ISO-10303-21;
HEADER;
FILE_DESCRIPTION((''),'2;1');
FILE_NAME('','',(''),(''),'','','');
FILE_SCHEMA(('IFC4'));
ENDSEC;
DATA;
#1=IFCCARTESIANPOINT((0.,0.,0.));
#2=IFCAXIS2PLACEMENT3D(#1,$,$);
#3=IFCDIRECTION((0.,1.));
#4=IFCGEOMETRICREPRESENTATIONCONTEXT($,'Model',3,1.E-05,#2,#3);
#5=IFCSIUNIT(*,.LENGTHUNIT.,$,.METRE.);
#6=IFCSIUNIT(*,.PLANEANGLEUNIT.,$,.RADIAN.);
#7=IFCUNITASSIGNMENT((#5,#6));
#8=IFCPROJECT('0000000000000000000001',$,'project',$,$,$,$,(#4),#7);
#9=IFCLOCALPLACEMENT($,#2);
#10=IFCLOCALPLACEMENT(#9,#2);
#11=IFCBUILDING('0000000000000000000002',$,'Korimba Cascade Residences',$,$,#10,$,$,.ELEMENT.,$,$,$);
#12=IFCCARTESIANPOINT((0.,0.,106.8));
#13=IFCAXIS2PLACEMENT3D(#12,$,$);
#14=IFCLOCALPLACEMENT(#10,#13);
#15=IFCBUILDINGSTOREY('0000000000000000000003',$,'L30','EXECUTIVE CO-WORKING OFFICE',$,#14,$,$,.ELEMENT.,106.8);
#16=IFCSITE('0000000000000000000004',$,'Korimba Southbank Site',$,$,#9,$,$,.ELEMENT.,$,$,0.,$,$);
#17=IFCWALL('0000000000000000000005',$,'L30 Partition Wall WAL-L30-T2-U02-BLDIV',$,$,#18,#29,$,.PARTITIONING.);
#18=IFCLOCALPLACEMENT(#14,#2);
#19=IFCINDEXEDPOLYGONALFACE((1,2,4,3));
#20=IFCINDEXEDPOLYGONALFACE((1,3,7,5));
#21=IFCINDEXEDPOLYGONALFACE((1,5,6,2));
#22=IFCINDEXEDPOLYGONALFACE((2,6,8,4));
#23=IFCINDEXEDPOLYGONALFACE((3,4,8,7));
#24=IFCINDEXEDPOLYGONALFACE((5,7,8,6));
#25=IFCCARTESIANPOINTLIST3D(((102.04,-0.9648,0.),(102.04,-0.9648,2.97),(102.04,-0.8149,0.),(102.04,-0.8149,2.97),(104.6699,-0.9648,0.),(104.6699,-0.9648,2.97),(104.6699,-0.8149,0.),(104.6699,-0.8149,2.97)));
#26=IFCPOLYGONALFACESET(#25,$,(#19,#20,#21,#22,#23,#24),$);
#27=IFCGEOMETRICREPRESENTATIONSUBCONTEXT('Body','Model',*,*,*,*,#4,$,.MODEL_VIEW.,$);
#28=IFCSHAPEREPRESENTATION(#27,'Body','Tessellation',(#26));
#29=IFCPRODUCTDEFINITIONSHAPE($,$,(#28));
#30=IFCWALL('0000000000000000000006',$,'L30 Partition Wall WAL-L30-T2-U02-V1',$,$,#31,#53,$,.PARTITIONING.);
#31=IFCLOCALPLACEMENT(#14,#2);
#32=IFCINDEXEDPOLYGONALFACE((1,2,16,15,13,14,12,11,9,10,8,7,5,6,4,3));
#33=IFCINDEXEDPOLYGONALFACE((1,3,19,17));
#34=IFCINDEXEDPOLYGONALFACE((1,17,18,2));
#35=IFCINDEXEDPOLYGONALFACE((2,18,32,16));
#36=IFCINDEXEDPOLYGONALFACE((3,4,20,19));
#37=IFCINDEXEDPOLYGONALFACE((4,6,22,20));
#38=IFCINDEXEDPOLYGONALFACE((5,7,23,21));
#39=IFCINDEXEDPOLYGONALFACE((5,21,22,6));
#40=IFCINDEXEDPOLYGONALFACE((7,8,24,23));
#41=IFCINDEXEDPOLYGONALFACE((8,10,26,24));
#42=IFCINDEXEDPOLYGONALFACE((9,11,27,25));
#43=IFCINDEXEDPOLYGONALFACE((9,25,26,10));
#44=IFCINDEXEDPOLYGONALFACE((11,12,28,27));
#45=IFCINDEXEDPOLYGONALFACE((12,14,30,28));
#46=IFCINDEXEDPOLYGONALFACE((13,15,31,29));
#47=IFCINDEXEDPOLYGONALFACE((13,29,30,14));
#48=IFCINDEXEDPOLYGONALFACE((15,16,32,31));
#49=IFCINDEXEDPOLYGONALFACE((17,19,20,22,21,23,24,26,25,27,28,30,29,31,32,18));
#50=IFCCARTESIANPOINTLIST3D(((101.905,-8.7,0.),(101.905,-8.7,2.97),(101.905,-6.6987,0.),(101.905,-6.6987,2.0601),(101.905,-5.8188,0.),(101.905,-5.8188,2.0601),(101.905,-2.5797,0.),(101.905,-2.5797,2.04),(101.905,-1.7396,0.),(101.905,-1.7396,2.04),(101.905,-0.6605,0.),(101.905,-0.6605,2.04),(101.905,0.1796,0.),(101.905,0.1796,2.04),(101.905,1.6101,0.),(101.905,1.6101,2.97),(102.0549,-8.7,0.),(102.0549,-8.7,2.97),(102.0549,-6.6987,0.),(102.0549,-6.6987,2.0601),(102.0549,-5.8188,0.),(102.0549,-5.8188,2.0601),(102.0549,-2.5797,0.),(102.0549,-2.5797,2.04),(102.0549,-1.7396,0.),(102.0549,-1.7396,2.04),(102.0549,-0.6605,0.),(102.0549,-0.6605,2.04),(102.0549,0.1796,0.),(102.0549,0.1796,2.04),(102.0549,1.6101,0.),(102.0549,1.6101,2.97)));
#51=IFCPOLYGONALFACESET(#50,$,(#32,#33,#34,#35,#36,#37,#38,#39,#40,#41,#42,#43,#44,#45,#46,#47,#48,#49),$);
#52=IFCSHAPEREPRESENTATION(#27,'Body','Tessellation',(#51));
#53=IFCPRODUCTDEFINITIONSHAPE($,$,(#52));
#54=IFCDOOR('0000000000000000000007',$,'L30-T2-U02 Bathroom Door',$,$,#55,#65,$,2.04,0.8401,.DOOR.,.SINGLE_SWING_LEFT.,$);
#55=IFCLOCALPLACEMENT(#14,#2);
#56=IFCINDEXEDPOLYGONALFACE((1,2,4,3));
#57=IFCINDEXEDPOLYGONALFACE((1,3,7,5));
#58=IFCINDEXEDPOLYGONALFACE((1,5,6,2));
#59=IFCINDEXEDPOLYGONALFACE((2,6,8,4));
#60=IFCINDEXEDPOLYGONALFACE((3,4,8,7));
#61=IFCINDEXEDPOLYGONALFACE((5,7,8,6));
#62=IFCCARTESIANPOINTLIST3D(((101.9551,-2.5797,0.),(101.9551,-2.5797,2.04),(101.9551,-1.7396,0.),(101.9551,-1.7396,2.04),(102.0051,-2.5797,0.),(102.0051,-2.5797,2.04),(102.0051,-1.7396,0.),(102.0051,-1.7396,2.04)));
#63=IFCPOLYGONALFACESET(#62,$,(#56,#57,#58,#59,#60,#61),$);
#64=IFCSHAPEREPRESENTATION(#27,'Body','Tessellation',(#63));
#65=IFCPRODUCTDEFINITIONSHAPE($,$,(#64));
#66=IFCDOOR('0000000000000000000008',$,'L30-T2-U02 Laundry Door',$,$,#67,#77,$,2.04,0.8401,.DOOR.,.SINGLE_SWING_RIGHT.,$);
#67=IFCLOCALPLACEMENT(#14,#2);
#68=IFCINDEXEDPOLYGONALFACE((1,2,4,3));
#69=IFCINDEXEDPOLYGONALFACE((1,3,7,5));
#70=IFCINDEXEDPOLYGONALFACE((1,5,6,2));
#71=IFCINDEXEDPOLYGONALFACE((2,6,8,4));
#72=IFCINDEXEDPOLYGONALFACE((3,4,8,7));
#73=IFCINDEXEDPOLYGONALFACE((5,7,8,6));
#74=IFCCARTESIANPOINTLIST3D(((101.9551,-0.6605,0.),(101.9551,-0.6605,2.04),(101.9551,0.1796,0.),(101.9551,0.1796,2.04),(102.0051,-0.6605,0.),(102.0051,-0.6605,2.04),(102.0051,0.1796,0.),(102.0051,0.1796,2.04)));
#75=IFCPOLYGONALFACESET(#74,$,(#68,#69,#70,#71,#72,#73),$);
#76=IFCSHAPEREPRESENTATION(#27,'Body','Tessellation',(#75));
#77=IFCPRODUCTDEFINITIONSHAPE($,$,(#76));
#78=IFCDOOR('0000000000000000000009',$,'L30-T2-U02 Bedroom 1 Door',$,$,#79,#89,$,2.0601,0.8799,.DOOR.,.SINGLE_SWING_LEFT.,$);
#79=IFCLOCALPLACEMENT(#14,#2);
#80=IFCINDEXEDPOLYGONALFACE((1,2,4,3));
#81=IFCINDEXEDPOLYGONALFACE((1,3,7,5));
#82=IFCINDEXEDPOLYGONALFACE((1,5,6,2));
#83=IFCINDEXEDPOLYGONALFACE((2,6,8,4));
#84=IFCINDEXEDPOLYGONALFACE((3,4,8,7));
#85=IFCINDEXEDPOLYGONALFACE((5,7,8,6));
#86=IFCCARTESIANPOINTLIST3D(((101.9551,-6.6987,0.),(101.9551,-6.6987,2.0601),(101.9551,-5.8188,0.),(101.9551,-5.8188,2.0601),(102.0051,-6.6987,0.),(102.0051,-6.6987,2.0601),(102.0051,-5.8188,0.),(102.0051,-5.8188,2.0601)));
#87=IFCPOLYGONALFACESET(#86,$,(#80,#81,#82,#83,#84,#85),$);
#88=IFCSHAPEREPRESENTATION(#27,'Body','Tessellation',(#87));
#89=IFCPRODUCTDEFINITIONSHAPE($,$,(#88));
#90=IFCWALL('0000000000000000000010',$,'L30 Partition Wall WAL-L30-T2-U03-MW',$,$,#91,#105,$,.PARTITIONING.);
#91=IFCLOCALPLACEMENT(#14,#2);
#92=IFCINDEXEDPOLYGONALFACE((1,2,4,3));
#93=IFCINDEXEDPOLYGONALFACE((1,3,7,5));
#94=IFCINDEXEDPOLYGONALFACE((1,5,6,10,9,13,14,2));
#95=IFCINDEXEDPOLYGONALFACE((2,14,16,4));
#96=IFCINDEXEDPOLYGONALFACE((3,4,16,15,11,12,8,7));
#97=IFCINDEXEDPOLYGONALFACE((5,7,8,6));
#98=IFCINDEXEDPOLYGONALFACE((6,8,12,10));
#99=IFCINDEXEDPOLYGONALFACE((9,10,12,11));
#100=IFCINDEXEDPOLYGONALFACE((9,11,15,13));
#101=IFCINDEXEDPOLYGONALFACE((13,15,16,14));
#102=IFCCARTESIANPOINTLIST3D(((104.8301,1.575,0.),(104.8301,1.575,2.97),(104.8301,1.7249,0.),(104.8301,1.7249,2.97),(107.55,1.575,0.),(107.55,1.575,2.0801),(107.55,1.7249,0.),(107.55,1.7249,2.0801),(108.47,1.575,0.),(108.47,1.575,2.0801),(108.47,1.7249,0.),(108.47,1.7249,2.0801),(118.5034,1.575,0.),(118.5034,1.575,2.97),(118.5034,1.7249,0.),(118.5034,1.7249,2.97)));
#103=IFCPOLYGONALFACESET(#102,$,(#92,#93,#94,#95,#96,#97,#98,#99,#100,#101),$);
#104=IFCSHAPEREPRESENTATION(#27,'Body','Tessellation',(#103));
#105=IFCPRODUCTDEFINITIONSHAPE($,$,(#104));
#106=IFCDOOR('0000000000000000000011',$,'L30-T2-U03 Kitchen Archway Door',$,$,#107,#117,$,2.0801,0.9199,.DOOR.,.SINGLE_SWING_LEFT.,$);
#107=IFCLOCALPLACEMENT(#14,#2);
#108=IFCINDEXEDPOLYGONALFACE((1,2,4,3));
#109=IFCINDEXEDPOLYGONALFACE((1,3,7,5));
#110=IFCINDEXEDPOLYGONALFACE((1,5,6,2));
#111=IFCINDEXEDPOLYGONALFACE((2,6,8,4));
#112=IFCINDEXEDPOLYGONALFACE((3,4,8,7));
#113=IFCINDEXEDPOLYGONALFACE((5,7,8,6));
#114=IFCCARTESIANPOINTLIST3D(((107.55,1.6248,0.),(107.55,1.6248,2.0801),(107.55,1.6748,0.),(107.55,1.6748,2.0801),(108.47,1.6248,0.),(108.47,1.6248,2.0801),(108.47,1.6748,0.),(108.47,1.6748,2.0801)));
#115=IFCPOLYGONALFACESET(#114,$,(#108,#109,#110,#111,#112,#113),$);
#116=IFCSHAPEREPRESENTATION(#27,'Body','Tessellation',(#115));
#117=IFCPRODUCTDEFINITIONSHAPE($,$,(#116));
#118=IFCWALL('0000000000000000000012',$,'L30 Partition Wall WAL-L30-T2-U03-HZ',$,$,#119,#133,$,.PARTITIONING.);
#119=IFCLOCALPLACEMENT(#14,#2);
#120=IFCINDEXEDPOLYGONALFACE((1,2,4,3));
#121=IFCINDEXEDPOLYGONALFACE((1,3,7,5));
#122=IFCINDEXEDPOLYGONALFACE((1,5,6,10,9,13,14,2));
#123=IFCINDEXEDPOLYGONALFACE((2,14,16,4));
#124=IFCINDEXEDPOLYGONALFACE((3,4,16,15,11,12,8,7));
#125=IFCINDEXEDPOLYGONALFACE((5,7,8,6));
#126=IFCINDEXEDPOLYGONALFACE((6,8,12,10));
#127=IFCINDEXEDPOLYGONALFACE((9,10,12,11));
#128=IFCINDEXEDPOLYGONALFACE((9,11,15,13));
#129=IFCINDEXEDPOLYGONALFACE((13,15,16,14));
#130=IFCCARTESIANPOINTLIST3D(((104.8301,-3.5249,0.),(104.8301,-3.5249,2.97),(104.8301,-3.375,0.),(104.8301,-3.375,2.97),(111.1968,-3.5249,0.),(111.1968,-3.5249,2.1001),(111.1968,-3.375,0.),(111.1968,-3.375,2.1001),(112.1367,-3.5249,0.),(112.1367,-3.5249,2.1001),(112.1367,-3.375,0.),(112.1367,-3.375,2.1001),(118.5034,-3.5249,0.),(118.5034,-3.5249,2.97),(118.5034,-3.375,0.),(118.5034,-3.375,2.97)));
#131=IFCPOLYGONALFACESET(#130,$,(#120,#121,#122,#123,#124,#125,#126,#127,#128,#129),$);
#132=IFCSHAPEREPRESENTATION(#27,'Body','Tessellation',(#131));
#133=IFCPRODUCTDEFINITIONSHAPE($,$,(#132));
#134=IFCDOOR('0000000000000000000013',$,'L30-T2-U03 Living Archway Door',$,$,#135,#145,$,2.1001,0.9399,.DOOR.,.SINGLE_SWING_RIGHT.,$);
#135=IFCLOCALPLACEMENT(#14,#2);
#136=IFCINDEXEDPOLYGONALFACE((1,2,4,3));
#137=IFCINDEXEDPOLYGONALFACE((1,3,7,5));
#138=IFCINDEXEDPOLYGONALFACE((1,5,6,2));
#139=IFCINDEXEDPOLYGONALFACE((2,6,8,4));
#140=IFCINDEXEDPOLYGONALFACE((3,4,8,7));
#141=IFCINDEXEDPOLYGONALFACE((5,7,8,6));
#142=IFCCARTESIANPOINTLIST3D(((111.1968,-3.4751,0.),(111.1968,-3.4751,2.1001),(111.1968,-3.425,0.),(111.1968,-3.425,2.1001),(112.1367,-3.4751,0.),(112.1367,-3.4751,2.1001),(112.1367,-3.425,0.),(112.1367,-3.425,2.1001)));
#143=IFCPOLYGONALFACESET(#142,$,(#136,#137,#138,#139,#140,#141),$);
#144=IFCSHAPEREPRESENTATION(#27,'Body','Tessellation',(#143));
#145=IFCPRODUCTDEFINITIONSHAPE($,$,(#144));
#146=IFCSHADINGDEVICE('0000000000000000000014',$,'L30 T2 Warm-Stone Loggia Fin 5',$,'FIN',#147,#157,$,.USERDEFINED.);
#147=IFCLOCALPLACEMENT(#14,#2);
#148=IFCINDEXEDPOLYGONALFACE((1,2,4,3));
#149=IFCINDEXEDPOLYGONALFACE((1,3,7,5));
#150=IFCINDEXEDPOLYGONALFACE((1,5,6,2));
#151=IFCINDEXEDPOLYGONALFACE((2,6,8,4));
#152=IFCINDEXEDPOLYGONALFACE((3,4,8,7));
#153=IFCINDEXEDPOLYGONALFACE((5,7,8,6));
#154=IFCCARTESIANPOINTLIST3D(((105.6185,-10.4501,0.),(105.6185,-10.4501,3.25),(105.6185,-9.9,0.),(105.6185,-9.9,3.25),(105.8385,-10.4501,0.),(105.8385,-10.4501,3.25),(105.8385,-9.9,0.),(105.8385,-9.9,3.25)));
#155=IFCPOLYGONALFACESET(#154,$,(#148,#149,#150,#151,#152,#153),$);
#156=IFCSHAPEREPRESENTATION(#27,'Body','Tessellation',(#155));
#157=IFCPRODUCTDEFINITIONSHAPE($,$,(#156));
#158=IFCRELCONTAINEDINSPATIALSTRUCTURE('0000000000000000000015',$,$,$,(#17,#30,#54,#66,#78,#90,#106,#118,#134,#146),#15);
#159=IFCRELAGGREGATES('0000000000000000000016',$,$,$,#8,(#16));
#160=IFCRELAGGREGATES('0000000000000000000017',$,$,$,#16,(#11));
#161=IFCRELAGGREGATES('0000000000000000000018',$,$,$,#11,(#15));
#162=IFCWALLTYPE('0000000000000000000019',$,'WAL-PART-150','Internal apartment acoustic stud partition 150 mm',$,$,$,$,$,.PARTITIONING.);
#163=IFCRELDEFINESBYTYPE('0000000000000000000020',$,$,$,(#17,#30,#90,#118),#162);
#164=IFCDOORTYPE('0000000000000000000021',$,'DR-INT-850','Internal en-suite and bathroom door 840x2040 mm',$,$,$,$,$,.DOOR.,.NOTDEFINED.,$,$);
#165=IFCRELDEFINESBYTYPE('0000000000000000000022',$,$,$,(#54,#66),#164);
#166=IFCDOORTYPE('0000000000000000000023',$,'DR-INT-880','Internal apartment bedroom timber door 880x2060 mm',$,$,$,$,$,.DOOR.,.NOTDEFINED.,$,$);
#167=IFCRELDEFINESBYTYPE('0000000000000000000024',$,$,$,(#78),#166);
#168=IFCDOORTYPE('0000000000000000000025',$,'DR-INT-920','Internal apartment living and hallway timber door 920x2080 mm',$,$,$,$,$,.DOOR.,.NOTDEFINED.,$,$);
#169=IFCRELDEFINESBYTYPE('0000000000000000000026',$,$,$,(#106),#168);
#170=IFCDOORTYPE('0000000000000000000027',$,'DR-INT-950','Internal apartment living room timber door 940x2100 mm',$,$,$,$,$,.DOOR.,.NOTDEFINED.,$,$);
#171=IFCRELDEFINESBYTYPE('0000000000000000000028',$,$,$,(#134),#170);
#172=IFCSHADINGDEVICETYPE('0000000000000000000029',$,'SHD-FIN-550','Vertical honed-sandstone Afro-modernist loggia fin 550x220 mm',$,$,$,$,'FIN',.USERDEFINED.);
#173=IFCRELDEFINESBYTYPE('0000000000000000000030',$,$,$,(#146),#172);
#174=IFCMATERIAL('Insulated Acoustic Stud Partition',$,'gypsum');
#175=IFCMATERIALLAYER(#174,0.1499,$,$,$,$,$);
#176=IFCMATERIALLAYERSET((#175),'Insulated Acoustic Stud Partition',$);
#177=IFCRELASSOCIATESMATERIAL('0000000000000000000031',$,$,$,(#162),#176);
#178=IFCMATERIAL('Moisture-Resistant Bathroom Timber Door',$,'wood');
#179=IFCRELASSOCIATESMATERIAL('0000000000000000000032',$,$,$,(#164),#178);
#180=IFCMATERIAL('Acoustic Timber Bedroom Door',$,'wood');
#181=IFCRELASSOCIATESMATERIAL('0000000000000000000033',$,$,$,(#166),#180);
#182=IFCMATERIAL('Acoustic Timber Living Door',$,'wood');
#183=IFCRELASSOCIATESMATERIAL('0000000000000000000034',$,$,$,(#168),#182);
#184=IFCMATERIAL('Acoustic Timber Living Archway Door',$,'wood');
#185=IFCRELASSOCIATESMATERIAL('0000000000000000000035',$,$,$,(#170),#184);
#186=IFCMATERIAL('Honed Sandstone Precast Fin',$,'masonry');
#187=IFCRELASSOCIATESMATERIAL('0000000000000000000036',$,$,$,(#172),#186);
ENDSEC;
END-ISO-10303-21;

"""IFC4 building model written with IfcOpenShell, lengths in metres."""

from ifc_helpers import new_model, si_unit, direction, frame, frame_2d, origin, origin_2d, place, context, subcontext, project, spatial, rectangle, extrude, material, layer, layer_set, type_object, element, fill, save


model = new_model("IFC4")

# Units and contexts
model_context = context("Model", 3, precision=1e-05, world=origin(), true_north=direction((0.0, 1.0)))
body_context = subcontext(model_context, "Body", "Model", "MODEL_VIEW")
ifc_project = project(units=[si_unit("LENGTHUNIT", "METRE"), si_unit("PLANEANGLEUNIT", "RADIAN")], contexts=[model_context])

# Site, building, storey
site_placement = place(None, origin())
site = spatial("IfcSite", under=ifc_project, at=site_placement, Name="Korimba Southbank Site", CompositionType="ELEMENT", RefElevation=0.0)
building_placement = place(site_placement, origin())
building = spatial("IfcBuilding", under=site, at=building_placement, Name="Korimba Cascade Residences", CompositionType="ELEMENT")
storey_placement = place(building_placement, frame((0.0, 0.0, 106.8)))
storey = spatial("IfcBuildingStorey", under=building, at=storey_placement, Name="L30", Description="EXECUTIVE CO-WORKING OFFICE", CompositionType="ELEMENT", Elevation=106.8)

# Wall
ifc_material_1 = material(Name="Insulated Acoustic Stud Partition", Category="gypsum")
ifc_layer_1 = layer(ifc_material_1, 0.1499)
ifc_layer_set_1 = layer_set([ifc_layer_1], Name="Insulated Acoustic Stud Partition")
wall_type_1 = type_object("IfcWallType", Name="WAL-PART-150", Description="Internal apartment acoustic stud partition 150 mm", PredefinedType="PARTITIONING", material=ifc_layer_set_1)
wall_1_placement = place(storey_placement, frame((102.04, -0.8899, 0.0), z_axis=(0.0, 0.0, 1.0), x_axis=(1.0, 0.0, 0.0)))
element("IfcWall", 1, at=wall_1_placement, inside=storey, type_object=wall_type_1, Name="L30 Partition Wall WAL-L30-T2-U02-BLDIV", PredefinedType="PARTITIONING", context=body_context, shape_type="SweptSolid", body=[
    extrude(rectangle(XDim=2.6299, YDim=0.1499, at=frame_2d((1.3149, 0.0))), origin(), (0.0, 0.0, 1.0), 2.97),
])

# Wall, openings, doors
wall_2_placement = place(storey_placement, frame((101.98, -8.7, 0.0), z_axis=(0.0, 0.0, 1.0), x_axis=(0.0, 1.0, 0.0)))
wall_2 = element("IfcWall", 2, at=wall_2_placement, inside=storey, type_object=wall_type_1, Name="L30 Partition Wall WAL-L30-T2-U02-V1", PredefinedType="PARTITIONING", context=body_context, shape_type="SweptSolid", body=[
    extrude(rectangle(XDim=10.3101, YDim=0.1499, at=frame_2d((5.155, 0.0))), origin(), (0.0, 0.0, 1.0), 2.97),
])
opening_1_placement = place(wall_2_placement, frame((6.1204, 0.0, 0.0)))
opening_1 = element("IfcOpeningElement", 3, at=opening_1_placement, cuts=wall_2, PredefinedType="OPENING", context=body_context, shape_type="SweptSolid", body=[
    extrude(rectangle(XDim=0.8401, YDim=2.04, at=frame_2d((0.4199, 1.02))), frame((0.0, 0.085, 0.0), z_axis=(0.0, -1.0, 0.0), x_axis=(1.0, 0.0, 0.0)), (0.0, 0.0, 1.0), 0.1699),
])
opening_2_placement = place(wall_2_placement, frame((8.0396, 0.0, 0.0)))
opening_2 = element("IfcOpeningElement", 4, at=opening_2_placement, cuts=wall_2, PredefinedType="OPENING", context=body_context, shape_type="SweptSolid", body=[
    extrude(rectangle(XDim=0.8401, YDim=2.04, at=frame_2d((0.4199, 1.02))), frame((0.0, 0.085, 0.0), z_axis=(0.0, -1.0, 0.0), x_axis=(1.0, 0.0, 0.0)), (0.0, 0.0, 1.0), 0.1699),
])
opening_3_placement = place(wall_2_placement, frame((2.0012, 0.0, 0.0)))
opening_3 = element("IfcOpeningElement", 5, at=opening_3_placement, cuts=wall_2, PredefinedType="OPENING", context=body_context, shape_type="SweptSolid", body=[
    extrude(rectangle(XDim=0.8799, YDim=2.0601, at=frame_2d((0.4399, 1.03))), frame((0.0, 0.085, 0.0), z_axis=(0.0, -1.0, 0.0), x_axis=(1.0, 0.0, 0.0)), (0.0, 0.0, 1.0), 0.1699),
])
ifc_material_2 = material(Name="Moisture-Resistant Bathroom Timber Door", Category="wood")
door_type_1 = type_object("IfcDoorType", Name="DR-INT-850", Description="Internal en-suite and bathroom door 840x2040 mm", OperationType="NOTDEFINED", PredefinedType="DOOR", material=ifc_material_2)
door_1_placement = place(opening_1_placement, origin())
door_1 = element("IfcDoor", 6, at=door_1_placement, inside=storey, type_object=door_type_1, Name="L30-T2-U02 Bathroom Door", OperationType="SINGLE_SWING_LEFT", OverallHeight=2.04, OverallWidth=0.8401, PredefinedType="DOOR", context=body_context, shape_type="SweptSolid", body=[
    extrude(rectangle(XDim=0.8401, YDim=2.04, at=frame_2d((0.4199, 1.02))), frame((0.0, 0.0249, 0.0), z_axis=(0.0, -1.0, 0.0), x_axis=(1.0, 0.0, 0.0)), (0.0, 0.0, 1.0), 0.05),
])
fill(opening_1, door_1)
door_2_placement = place(opening_2_placement, origin())
door_2 = element("IfcDoor", 7, at=door_2_placement, inside=storey, type_object=door_type_1, Name="L30-T2-U02 Laundry Door", OperationType="SINGLE_SWING_RIGHT", OverallHeight=2.04, OverallWidth=0.8401, PredefinedType="DOOR", context=body_context, shape_type="SweptSolid", body=[
    extrude(rectangle(XDim=0.8401, YDim=2.04, at=frame_2d((0.4199, 1.02))), frame((0.0, 0.0249, 0.0), z_axis=(0.0, -1.0, 0.0), x_axis=(1.0, 0.0, 0.0)), (0.0, 0.0, 1.0), 0.05),
])
fill(opening_2, door_2)
ifc_material_3 = material(Name="Acoustic Timber Bedroom Door", Category="wood")
door_type_2 = type_object("IfcDoorType", Name="DR-INT-880", Description="Internal apartment bedroom timber door 880x2060 mm", OperationType="NOTDEFINED", PredefinedType="DOOR", material=ifc_material_3)
door_3_placement = place(opening_3_placement, origin())
door_3 = element("IfcDoor", 8, at=door_3_placement, inside=storey, type_object=door_type_2, Name="L30-T2-U02 Bedroom 1 Door", OperationType="SINGLE_SWING_LEFT", OverallHeight=2.0601, OverallWidth=0.8799, PredefinedType="DOOR", context=body_context, shape_type="SweptSolid", body=[
    extrude(rectangle(XDim=0.8799, YDim=2.0601, at=frame_2d((0.4399, 1.03))), frame((0.0, 0.0249, 0.0), z_axis=(0.0, -1.0, 0.0), x_axis=(1.0, 0.0, 0.0)), (0.0, 0.0, 1.0), 0.05),
])
fill(opening_3, door_3)

# Walls, openings, doors
wall_3_placement = place(storey_placement, frame((104.8301, 1.6499, 0.0), z_axis=(0.0, 0.0, 1.0), x_axis=(1.0, 0.0, 0.0)))
wall_3 = element("IfcWall", 9, at=wall_3_placement, inside=storey, type_object=wall_type_1, Name="L30 Partition Wall WAL-L30-T2-U03-MW", PredefinedType="PARTITIONING", context=body_context, shape_type="SweptSolid", body=[
    extrude(rectangle(XDim=13.6733, YDim=0.1499, at=frame_2d((6.8367, 0.0))), origin(), (0.0, 0.0, 1.0), 2.97),
])
opening_4_placement = place(wall_3_placement, frame((2.72, 0.0, 0.0)))
opening_4 = element("IfcOpeningElement", 10, at=opening_4_placement, cuts=wall_3, PredefinedType="OPENING", context=body_context, shape_type="SweptSolid", body=[
    extrude(rectangle(XDim=0.9199, YDim=2.0801, at=frame_2d((0.46, 1.04))), frame((0.0, 0.085, 0.0), z_axis=(0.0, -1.0, 0.0), x_axis=(1.0, 0.0, 0.0)), (0.0, 0.0, 1.0), 0.1699),
])
ifc_material_4 = material(Name="Acoustic Timber Living Door", Category="wood")
door_type_3 = type_object("IfcDoorType", Name="DR-INT-920", Description="Internal apartment living and hallway timber door 920x2080 mm", OperationType="NOTDEFINED", PredefinedType="DOOR", material=ifc_material_4)
door_4_placement = place(opening_4_placement, origin())
door_4 = element("IfcDoor", 11, at=door_4_placement, inside=storey, type_object=door_type_3, Name="L30-T2-U03 Kitchen Archway Door", OperationType="SINGLE_SWING_LEFT", OverallHeight=2.0801, OverallWidth=0.9199, PredefinedType="DOOR", context=body_context, shape_type="SweptSolid", body=[
    extrude(rectangle(XDim=0.9199, YDim=2.0801, at=frame_2d((0.46, 1.04))), frame((0.0, 0.0249, 0.0), z_axis=(0.0, -1.0, 0.0), x_axis=(1.0, 0.0, 0.0)), (0.0, 0.0, 1.0), 0.05),
])
fill(opening_4, door_4)
wall_4_placement = place(storey_placement, frame((104.8301, -3.45, 0.0), z_axis=(0.0, 0.0, 1.0), x_axis=(1.0, 0.0, 0.0)))
wall_4 = element("IfcWall", 12, at=wall_4_placement, inside=storey, type_object=wall_type_1, Name="L30 Partition Wall WAL-L30-T2-U03-HZ", PredefinedType="PARTITIONING", context=body_context, shape_type="SweptSolid", body=[
    extrude(rectangle(XDim=13.6733, YDim=0.1499, at=frame_2d((6.8367, 0.0))), origin(), (0.0, 0.0, 1.0), 2.97),
])
opening_5_placement = place(wall_4_placement, frame((6.3667, 0.0, 0.0)))
opening_5 = element("IfcOpeningElement", 13, at=opening_5_placement, cuts=wall_4, PredefinedType="OPENING", context=body_context, shape_type="SweptSolid", body=[
    extrude(rectangle(XDim=0.9399, YDim=2.1001, at=frame_2d((0.47, 1.05))), frame((0.0, 0.085, 0.0), z_axis=(0.0, -1.0, 0.0), x_axis=(1.0, 0.0, 0.0)), (0.0, 0.0, 1.0), 0.1699),
])
ifc_material_5 = material(Name="Acoustic Timber Living Archway Door", Category="wood")
door_type_4 = type_object("IfcDoorType", Name="DR-INT-950", Description="Internal apartment living room timber door 940x2100 mm", OperationType="NOTDEFINED", PredefinedType="DOOR", material=ifc_material_5)
door_5_placement = place(opening_5_placement, origin())
door_5 = element("IfcDoor", 14, at=door_5_placement, inside=storey, type_object=door_type_4, Name="L30-T2-U03 Living Archway Door", OperationType="SINGLE_SWING_RIGHT", OverallHeight=2.1001, OverallWidth=0.9399, PredefinedType="DOOR", context=body_context, shape_type="SweptSolid", body=[
    extrude(rectangle(XDim=0.9399, YDim=2.1001, at=frame_2d((0.47, 1.05))), frame((0.0, 0.0249, 0.0), z_axis=(0.0, -1.0, 0.0), x_axis=(1.0, 0.0, 0.0)), (0.0, 0.0, 1.0), 0.05),
])
fill(opening_5, door_5)

# Shading device
ifc_material_6 = material(Name="Honed Sandstone Precast Fin", Category="masonry")
shading_device_type = type_object("IfcShadingDeviceType", Name="SHD-FIN-550", Description="Vertical honed-sandstone Afro-modernist loggia fin 550x220 mm", ElementType="FIN", PredefinedType="USERDEFINED", material=ifc_material_6)
shading_device_placement = place(storey_placement, frame((105.7285, -10.175, 0.0), z_axis=(0.0, 0.0, 1.0), x_axis=(1.0, 0.0, 0.0)))
element("IfcShadingDevice", 15, at=shading_device_placement, inside=storey, type_object=shading_device_type, Name="L30 T2 Warm-Stone Loggia Fin 5", ObjectType="FIN", PredefinedType="USERDEFINED", context=body_context, shape_type="SweptSolid", body=[
    extrude(rectangle(XDim=0.22, YDim=0.55, at=origin_2d()), origin(), (0.0, 0.0, 1.0), 3.25),
])

save(model, "model.ifc")
